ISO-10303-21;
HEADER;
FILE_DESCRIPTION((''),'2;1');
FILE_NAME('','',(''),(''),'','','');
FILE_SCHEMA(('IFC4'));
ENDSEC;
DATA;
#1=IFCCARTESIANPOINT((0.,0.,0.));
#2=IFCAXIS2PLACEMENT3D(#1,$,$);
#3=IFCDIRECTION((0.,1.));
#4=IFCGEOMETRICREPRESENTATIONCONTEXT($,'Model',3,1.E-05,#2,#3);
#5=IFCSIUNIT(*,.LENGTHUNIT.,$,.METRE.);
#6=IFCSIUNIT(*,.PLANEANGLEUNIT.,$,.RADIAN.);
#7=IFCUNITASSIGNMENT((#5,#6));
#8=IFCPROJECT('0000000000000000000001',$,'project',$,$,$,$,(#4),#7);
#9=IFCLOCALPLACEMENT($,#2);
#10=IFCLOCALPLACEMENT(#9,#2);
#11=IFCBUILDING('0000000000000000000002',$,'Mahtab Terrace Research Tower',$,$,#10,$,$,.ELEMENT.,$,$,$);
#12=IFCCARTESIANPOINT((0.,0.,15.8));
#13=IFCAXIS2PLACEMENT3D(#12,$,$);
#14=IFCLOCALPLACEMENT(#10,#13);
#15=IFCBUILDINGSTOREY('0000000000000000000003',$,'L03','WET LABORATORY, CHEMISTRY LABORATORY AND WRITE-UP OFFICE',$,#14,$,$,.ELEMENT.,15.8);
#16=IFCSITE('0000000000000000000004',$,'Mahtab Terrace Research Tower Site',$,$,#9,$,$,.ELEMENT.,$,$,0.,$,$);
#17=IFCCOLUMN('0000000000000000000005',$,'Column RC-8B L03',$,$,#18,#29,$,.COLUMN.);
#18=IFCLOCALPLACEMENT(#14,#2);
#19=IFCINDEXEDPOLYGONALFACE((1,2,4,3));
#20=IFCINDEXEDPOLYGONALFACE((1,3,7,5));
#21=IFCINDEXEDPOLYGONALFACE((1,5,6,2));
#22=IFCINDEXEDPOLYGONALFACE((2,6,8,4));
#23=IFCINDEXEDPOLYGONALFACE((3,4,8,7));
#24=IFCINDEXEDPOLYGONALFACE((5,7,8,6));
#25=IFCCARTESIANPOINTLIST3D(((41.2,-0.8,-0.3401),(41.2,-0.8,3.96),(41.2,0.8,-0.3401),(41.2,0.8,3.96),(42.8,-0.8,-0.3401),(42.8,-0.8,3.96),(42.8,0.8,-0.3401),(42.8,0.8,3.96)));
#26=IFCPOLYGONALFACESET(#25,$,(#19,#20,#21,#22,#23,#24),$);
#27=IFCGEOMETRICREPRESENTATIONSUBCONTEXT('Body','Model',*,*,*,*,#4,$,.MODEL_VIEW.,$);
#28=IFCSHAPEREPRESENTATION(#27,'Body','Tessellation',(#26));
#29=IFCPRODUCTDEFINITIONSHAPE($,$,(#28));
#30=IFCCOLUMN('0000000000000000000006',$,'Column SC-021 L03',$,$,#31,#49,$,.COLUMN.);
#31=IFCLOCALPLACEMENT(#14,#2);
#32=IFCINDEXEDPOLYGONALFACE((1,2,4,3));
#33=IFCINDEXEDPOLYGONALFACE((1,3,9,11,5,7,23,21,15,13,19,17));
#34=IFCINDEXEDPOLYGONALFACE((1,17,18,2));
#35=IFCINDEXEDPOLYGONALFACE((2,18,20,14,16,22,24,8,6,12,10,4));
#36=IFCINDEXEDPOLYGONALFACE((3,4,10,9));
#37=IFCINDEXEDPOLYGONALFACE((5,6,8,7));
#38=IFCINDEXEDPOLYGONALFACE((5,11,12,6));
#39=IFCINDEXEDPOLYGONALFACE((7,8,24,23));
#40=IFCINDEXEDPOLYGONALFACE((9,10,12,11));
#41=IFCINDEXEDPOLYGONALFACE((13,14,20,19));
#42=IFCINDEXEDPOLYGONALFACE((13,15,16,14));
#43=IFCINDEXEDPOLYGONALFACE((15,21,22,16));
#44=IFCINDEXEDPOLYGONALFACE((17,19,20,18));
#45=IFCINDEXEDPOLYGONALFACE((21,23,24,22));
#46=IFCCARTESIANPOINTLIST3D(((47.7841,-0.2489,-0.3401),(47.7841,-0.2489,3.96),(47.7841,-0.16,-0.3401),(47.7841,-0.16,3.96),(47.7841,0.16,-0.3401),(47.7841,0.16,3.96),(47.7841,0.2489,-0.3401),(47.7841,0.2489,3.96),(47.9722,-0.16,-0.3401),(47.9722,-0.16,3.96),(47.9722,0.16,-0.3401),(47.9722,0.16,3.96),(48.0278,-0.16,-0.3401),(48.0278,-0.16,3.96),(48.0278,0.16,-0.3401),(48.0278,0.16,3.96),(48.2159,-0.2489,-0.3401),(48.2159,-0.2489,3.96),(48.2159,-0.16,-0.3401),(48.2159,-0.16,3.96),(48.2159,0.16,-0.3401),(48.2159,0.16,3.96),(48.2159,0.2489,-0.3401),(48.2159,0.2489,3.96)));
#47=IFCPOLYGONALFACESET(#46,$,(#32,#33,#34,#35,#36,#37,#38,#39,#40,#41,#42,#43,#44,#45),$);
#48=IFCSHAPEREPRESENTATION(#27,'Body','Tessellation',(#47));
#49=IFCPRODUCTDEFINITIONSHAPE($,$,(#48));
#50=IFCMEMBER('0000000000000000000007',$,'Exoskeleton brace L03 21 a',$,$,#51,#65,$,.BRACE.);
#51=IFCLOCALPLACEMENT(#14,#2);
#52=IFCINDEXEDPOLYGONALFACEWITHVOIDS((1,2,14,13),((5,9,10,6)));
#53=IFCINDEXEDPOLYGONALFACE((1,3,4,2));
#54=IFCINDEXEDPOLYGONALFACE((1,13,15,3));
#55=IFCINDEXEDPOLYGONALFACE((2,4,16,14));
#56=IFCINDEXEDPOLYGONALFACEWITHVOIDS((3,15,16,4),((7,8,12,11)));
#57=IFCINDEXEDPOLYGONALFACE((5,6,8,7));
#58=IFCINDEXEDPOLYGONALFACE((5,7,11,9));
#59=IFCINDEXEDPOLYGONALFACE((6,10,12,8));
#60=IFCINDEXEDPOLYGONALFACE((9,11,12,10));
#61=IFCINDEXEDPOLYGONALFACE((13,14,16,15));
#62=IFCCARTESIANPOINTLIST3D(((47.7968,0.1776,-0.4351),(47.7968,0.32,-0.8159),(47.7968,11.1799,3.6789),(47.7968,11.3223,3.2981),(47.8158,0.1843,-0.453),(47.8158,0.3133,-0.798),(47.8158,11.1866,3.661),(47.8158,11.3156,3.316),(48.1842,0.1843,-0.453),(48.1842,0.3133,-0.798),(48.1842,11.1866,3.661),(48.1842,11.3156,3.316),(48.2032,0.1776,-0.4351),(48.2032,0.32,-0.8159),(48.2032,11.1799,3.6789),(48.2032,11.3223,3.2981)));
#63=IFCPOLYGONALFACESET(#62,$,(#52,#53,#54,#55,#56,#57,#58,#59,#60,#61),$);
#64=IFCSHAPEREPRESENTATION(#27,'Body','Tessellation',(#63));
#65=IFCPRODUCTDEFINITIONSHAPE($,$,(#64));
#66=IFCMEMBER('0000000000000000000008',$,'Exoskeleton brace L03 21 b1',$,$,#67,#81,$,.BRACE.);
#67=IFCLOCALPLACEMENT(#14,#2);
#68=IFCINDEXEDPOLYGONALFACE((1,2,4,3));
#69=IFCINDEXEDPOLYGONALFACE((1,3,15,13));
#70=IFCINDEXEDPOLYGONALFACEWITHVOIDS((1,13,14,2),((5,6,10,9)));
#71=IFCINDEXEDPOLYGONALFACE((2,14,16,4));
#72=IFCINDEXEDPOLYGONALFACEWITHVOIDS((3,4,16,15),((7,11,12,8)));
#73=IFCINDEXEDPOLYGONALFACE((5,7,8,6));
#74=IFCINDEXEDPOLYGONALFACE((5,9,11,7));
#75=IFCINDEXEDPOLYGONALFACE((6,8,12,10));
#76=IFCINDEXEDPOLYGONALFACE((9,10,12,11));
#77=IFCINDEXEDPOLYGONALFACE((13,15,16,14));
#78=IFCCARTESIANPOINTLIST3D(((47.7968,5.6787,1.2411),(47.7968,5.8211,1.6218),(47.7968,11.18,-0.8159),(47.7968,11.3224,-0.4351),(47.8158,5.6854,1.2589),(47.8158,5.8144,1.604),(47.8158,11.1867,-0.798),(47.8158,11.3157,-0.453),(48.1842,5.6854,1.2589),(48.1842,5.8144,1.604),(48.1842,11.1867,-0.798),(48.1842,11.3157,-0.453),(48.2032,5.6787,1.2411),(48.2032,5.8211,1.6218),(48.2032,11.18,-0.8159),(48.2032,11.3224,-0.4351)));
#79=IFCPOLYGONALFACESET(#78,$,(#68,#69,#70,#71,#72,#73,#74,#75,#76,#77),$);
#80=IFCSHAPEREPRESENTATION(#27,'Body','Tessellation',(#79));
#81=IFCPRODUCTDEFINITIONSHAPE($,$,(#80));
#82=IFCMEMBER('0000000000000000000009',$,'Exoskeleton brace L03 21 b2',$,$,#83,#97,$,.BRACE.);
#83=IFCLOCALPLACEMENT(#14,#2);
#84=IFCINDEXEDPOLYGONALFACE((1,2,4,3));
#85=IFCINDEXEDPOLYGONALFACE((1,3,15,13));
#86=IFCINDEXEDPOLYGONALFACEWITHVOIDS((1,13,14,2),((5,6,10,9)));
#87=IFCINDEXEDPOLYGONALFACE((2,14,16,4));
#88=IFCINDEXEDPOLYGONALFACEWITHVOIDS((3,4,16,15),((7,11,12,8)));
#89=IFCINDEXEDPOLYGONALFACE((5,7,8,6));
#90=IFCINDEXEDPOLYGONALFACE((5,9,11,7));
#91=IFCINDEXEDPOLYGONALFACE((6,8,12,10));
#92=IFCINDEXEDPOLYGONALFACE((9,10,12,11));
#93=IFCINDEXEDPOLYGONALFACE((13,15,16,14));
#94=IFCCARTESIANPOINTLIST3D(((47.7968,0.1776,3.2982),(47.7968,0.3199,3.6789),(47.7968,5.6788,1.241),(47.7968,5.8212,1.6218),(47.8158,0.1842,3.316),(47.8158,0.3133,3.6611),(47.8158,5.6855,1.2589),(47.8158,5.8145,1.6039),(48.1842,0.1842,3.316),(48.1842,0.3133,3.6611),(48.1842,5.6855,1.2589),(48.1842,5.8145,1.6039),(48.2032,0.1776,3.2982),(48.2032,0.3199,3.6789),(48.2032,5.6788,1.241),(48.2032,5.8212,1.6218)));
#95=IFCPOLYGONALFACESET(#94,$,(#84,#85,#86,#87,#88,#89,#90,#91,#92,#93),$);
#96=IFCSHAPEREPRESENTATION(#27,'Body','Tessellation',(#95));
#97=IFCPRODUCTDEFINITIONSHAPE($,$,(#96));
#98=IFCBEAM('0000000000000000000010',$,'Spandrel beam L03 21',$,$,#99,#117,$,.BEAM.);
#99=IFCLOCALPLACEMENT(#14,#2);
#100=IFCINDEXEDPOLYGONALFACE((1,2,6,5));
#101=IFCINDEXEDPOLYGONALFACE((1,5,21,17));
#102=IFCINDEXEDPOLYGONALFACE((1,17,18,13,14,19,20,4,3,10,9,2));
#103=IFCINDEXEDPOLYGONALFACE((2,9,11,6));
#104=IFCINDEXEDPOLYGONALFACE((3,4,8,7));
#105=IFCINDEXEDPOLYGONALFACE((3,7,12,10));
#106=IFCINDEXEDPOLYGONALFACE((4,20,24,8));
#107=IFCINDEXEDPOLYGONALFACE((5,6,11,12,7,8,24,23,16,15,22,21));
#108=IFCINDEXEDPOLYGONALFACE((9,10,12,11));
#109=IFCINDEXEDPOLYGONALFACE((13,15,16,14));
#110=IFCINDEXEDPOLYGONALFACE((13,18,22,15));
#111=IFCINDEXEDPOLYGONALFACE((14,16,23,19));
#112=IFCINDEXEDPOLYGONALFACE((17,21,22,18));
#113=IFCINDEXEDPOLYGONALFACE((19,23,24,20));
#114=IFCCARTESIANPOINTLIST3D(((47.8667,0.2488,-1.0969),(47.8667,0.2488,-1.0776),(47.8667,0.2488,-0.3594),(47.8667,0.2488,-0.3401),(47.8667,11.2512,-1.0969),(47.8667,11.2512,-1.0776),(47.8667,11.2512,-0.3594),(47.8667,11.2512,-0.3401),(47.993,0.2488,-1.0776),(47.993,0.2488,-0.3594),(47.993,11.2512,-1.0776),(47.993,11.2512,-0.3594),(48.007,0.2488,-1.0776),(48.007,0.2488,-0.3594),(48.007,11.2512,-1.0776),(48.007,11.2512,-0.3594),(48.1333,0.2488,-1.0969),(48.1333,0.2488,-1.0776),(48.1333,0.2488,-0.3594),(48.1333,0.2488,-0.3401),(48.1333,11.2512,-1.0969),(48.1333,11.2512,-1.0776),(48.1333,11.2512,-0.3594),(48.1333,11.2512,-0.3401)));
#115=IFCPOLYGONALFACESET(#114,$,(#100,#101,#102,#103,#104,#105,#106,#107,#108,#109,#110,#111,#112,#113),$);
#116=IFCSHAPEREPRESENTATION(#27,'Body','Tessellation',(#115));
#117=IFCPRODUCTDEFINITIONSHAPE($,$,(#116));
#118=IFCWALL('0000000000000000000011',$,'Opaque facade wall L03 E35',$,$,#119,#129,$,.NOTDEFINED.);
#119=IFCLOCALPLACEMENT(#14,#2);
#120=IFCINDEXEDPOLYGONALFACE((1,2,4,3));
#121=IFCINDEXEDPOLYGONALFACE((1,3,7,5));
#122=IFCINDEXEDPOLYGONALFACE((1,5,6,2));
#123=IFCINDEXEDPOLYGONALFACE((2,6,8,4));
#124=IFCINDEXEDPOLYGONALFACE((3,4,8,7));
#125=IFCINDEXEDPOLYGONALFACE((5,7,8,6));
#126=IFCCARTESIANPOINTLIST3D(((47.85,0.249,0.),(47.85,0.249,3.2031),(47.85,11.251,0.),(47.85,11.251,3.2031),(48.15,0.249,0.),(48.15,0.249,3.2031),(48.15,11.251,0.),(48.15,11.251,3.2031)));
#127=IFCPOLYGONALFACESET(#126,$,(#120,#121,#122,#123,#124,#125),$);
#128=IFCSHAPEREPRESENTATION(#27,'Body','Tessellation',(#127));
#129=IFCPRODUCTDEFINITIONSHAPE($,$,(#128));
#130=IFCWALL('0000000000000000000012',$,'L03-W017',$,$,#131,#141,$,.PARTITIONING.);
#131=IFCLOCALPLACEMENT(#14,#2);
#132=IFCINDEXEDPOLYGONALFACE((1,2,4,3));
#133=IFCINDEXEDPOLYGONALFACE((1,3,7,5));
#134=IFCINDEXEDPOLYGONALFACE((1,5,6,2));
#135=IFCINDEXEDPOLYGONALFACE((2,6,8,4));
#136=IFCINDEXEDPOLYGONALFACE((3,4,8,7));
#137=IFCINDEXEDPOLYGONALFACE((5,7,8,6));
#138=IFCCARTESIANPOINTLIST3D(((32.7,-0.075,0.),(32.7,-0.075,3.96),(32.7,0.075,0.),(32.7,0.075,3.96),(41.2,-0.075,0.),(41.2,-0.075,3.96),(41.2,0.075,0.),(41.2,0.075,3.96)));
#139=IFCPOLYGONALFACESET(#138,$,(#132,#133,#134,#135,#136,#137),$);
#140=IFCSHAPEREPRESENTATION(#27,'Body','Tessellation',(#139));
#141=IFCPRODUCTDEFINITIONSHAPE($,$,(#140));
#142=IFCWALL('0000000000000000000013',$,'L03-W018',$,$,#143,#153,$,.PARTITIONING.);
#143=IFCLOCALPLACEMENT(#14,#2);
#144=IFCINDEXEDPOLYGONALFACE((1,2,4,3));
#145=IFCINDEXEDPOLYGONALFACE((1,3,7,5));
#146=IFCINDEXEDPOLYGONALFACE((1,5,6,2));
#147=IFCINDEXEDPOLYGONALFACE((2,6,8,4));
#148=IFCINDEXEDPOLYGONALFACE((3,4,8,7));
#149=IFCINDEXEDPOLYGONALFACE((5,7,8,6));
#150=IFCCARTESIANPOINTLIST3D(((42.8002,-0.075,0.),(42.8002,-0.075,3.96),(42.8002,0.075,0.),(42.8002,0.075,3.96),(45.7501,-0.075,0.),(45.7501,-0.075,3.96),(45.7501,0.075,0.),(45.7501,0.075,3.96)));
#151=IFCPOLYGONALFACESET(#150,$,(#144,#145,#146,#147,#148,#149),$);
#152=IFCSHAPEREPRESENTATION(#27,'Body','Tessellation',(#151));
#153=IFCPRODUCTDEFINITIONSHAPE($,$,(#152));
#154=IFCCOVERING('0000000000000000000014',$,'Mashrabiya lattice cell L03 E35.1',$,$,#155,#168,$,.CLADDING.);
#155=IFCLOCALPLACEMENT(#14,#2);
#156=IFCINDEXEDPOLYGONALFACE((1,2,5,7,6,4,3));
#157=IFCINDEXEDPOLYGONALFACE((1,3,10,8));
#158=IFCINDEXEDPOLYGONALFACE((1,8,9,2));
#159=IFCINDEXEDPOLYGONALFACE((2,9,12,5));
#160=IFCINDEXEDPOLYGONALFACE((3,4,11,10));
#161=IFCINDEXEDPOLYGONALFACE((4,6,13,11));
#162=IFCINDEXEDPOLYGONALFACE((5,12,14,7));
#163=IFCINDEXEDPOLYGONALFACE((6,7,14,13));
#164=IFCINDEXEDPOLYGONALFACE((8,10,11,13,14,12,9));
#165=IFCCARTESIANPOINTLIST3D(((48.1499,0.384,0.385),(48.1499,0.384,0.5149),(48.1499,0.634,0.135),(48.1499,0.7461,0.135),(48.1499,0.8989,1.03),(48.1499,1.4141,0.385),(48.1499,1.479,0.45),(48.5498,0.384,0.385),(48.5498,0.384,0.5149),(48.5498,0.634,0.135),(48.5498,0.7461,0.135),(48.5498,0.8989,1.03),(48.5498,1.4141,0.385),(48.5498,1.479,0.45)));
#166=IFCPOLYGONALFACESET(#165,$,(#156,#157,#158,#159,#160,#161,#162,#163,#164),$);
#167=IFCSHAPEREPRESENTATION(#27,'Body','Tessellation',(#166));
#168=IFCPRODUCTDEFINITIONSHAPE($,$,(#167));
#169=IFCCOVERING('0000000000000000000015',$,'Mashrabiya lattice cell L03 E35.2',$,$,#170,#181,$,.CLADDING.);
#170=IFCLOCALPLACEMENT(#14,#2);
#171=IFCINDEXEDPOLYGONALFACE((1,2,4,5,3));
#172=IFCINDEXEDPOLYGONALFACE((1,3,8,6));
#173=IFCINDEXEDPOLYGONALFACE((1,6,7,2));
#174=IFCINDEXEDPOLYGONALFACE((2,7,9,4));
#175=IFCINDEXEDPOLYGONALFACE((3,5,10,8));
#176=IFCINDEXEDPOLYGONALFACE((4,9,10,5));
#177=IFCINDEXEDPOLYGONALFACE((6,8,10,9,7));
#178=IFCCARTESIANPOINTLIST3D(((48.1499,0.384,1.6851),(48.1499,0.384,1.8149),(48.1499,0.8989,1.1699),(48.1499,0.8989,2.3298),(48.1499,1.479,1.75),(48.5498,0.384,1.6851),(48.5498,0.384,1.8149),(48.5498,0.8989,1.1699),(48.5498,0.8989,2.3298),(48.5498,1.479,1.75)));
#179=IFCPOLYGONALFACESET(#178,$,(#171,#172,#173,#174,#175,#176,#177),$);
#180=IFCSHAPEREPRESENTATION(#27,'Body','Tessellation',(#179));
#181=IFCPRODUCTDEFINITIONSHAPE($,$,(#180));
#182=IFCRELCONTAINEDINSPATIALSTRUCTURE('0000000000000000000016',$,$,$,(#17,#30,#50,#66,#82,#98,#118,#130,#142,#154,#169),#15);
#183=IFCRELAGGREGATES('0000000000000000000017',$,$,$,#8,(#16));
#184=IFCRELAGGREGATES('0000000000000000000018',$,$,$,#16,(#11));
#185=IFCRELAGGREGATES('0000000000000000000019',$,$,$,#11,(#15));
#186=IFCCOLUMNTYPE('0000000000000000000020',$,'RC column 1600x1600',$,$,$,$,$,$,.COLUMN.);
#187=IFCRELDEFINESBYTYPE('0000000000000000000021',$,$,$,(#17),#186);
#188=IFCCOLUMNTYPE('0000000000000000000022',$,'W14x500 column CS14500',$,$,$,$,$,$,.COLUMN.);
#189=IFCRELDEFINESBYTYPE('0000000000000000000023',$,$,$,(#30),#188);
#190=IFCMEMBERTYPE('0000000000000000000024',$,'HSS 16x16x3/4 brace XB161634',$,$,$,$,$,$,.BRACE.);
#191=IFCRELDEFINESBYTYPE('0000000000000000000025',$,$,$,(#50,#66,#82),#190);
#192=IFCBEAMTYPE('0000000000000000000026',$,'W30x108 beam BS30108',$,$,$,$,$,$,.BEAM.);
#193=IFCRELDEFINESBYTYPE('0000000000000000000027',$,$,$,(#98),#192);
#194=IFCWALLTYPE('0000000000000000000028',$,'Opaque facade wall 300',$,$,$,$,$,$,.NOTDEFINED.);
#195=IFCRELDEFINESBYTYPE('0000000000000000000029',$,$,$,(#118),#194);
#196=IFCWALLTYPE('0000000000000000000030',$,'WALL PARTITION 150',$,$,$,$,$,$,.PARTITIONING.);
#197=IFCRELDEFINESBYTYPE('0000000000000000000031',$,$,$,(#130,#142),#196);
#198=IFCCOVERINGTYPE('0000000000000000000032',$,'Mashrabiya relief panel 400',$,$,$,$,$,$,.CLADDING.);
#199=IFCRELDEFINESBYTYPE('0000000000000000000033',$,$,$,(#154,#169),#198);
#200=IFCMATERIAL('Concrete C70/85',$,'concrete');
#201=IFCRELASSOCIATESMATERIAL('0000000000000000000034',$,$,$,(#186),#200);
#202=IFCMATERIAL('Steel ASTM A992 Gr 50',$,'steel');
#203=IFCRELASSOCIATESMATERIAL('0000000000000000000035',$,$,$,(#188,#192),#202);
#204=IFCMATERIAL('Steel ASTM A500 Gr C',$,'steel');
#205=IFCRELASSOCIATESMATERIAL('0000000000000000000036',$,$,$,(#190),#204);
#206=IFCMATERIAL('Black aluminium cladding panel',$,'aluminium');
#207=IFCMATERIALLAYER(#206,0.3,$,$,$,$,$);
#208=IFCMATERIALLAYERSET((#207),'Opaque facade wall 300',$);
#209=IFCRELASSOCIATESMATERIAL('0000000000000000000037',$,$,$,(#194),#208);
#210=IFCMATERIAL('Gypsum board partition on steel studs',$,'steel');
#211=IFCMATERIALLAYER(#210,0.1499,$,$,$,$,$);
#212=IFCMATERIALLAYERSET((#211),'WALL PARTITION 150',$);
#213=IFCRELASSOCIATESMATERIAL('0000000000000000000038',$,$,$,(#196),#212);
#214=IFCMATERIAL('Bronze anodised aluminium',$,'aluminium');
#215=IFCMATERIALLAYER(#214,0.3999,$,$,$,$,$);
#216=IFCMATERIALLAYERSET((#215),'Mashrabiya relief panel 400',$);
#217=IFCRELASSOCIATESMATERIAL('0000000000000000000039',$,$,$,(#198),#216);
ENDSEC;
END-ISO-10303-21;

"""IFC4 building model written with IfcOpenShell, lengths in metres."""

from ifc_helpers import new_model, si_unit, direction, frame, frame_2d, origin, origin_2d, place, context, subcontext, project, spatial, polyline, rectangle, hollow_rectangle, i_section, outline, extrude, material, layer, layer_set, material_profile, profile_set, type_object, element, save


model = new_model("IFC4")

# Units and contexts
model_context = context("Model", 3, precision=1e-05, world=origin(), true_north=direction((0.0, 1.0)))
body_context = subcontext(model_context, "Body", "Model", "MODEL_VIEW")
ifc_project = project(units=[si_unit("LENGTHUNIT", "METRE"), si_unit("PLANEANGLEUNIT", "RADIAN")], contexts=[model_context])

# Site, building, storey
site_placement = place(None, origin())
site = spatial("IfcSite", under=ifc_project, at=site_placement, Name="Mahtab Terrace Research Tower Site", CompositionType="ELEMENT", RefElevation=0.0)
building_placement = place(site_placement, origin())
building = spatial("IfcBuilding", under=site, at=building_placement, Name="Mahtab Terrace Research Tower", CompositionType="ELEMENT")
storey_placement = place(building_placement, frame((0.0, 0.0, 15.8)))
storey = spatial("IfcBuildingStorey", under=building, at=storey_placement, Name="L03", Description="WET LABORATORY, CHEMISTRY LABORATORY AND WRITE-UP OFFICE", CompositionType="ELEMENT", Elevation=15.8)

# Columns
ifc_material_1 = material(Name="Concrete C70/85", Category="concrete")
ifc_material_profile_1 = material_profile(ifc_material_1, rectangle(XDim=1.6001, YDim=1.6001, at=origin_2d()), Name="RC column 1600x1600")
ifc_profile_set_1 = profile_set([ifc_material_profile_1], Name="Concrete C70/85")
column_type_1 = type_object("IfcColumnType", Name="RC column 1600x1600", PredefinedType="COLUMN", material=ifc_profile_set_1)
column_1_placement = place(storey_placement, frame((42.0, 0.0, -0.3401), z_axis=(0.0, 0.0, 1.0), x_axis=(1.0, 0.0, 0.0)))
element("IfcColumn", 1, at=column_1_placement, inside=storey, type_object=column_type_1, Name="Column RC-8B L03", PredefinedType="COLUMN", context=body_context, shape_type="SweptSolid", body=[
    extrude(rectangle(XDim=1.6001, YDim=1.6001, at=origin_2d()), origin(), (0.0, 0.0, 1.0), 4.3),
])
ifc_material_2 = material(Name="Steel ASTM A992 Gr 50", Category="steel")
ifc_material_profile_2 = material_profile(ifc_material_2, i_section(OverallWidth=0.4319, OverallDepth=0.4978, WebThickness=0.0557, FlangeThickness=0.0889, at=origin_2d()), Name="W14X500")
ifc_profile_set_2 = profile_set([ifc_material_profile_2], Name="Steel ASTM A992 Gr 50")
column_type_2 = type_object("IfcColumnType", Name="W14x500 column CS14500", PredefinedType="COLUMN", material=ifc_profile_set_2)
column_2_placement = place(storey_placement, frame((48.0, 0.0, -0.3401), z_axis=(0.0, 0.0, 1.0), x_axis=(1.0, 0.0, 0.0)))
element("IfcColumn", 2, at=column_2_placement, inside=storey, type_object=column_type_2, Name="Column SC-021 L03", PredefinedType="COLUMN", context=body_context, shape_type="SweptSolid", body=[
    extrude(i_section(OverallWidth=0.4319, OverallDepth=0.4978, WebThickness=0.0557, FlangeThickness=0.0889, at=origin_2d()), origin(), (0.0, 0.0, 1.0), 4.3),
])

# Members
ifc_material_3 = material(Name="Steel ASTM A500 Gr C", Category="steel")
ifc_material_profile_3 = material_profile(ifc_material_3, hollow_rectangle(XDim=0.4065, YDim=0.4065, WallThickness=0.019, at=origin_2d()), Name="HSS16X16X3/4")
ifc_profile_set_3 = profile_set([ifc_material_profile_3], Name="Steel ASTM A500 Gr C")
member_type = type_object("IfcMemberType", Name="HSS 16x16x3/4 brace XB161634", PredefinedType="BRACE", material=ifc_profile_set_3)
member_placement = place(storey_placement, frame((48.0, 0.2488, -0.6255), z_axis=(0.0, 0.936662, 0.350235), x_axis=(-1.0, 0.0, 0.0)))
element("IfcMember", 3, at=member_placement, inside=storey, type_object=member_type, Name="Exoskeleton brace L03 21 a", PredefinedType="BRACE", context=body_context, shape_type="SweptSolid", body=[
    extrude(hollow_rectangle(XDim=0.4065, YDim=0.4065, WallThickness=0.019, at=origin_2d()), origin(), (0.0, 0.0, 1.0), 11.7463),
])
for number, where, z_axis, x_axis, name in (
    (4, (48.0, 11.2512, -0.6255), (0.0, -0.936669, 0.350217), (1.0, 0.0, 0.0), "Exoskeleton brace L03 21 b1"),
    (5, (48.0, 5.75, 1.4314), (0.0, -0.936655, 0.350253), (1.0, 0.0, 0.0), "Exoskeleton brace L03 21 b2"),
):
    element("IfcMember", number, at=place(storey_placement, frame(where, z_axis=z_axis, x_axis=x_axis)), inside=storey, type_object=member_type, Name=name, PredefinedType="BRACE", context=body_context, shape_type="SweptSolid", body=[
        extrude(hollow_rectangle(XDim=0.4065, YDim=0.4065, WallThickness=0.019, at=origin_2d()), origin(), (0.0, 0.0, 1.0), 5.8733),
    ])

# Beam
ifc_material_profile_4 = material_profile(ifc_material_2, i_section(OverallWidth=0.2666, OverallDepth=0.7568, WebThickness=0.0139, FlangeThickness=0.0193, at=origin_2d()), Name="W30X108")
ifc_profile_set_4 = profile_set([ifc_material_profile_4], Name="Steel ASTM A992 Gr 50")
beam_type = type_object("IfcBeamType", Name="W30x108 beam BS30108", PredefinedType="BEAM", material=ifc_profile_set_4)
beam_placement = place(storey_placement, frame((48.0, 0.2488, -0.7185), z_axis=(0.0, 1.0, 0.0), x_axis=(-1.0, 0.0, 0.0)))
element("IfcBeam", 6, at=beam_placement, inside=storey, type_object=beam_type, Name="Spandrel beam L03 21", PredefinedType="BEAM", context=body_context, shape_type="SweptSolid", body=[
    extrude(i_section(OverallWidth=0.2666, OverallDepth=0.7568, WebThickness=0.0139, FlangeThickness=0.0193, at=origin_2d()), origin(), (0.0, 0.0, 1.0), 11.0024),
])

# Walls
ifc_material_4 = material(Name="Black aluminium cladding panel", Category="aluminium")
ifc_layer_1 = layer(ifc_material_4, 0.3)
ifc_layer_set_1 = layer_set([ifc_layer_1], Name="Opaque facade wall 300")
wall_type_1 = type_object("IfcWallType", Name="Opaque facade wall 300", PredefinedType="NOTDEFINED", material=ifc_layer_set_1)
wall_1_placement = place(storey_placement, frame((48.0, 0.249, 0.0), z_axis=(0.0, 0.0, 1.0), x_axis=(0.0, 1.0, 0.0)))
element("IfcWall", 7, at=wall_1_placement, inside=storey, type_object=wall_type_1, Name="Opaque facade wall L03 E35", PredefinedType="NOTDEFINED", context=body_context, shape_type="SweptSolid", body=[
    extrude(rectangle(XDim=11.002, YDim=0.3, at=frame_2d((5.501, 0.0))), origin(), (0.0, 0.0, 1.0), 3.2031),
])
ifc_material_5 = material(Name="Gypsum board partition on steel studs", Category="steel")
ifc_layer_2 = layer(ifc_material_5, 0.1499)
ifc_layer_set_2 = layer_set([ifc_layer_2], Name="WALL PARTITION 150")
wall_type_2 = type_object("IfcWallType", Name="WALL PARTITION 150", PredefinedType="PARTITIONING", material=ifc_layer_set_2)
wall_2_placement = place(storey_placement, frame((32.7, 0.0, 0.0), z_axis=(0.0, 0.0, 1.0), x_axis=(1.0, 0.0, 0.0)))
element("IfcWall", 8, at=wall_2_placement, inside=storey, type_object=wall_type_2, Name="L03-W017", PredefinedType="PARTITIONING", context=body_context, shape_type="SweptSolid", body=[
    extrude(rectangle(XDim=8.5, YDim=0.1499, at=frame_2d((4.25, 0.0))), origin(), (0.0, 0.0, 1.0), 3.96),
])
wall_3_placement = place(storey_placement, frame((42.8, 0.0, 0.0), z_axis=(0.0, 0.0, 1.0), x_axis=(1.0, 0.0, 0.0)))
element("IfcWall", 9, at=wall_3_placement, inside=storey, type_object=wall_type_2, Name="L03-W018", PredefinedType="PARTITIONING", context=body_context, shape_type="SweptSolid", body=[
    extrude(rectangle(XDim=2.95, YDim=0.1499, at=frame_2d((1.4751, 0.0))), origin(), (0.0, 0.0, 1.0), 3.96),
])

# Coverings
ifc_material_6 = material(Name="Bronze anodised aluminium", Category="aluminium")
ifc_layer_3 = layer(ifc_material_6, 0.3999)
ifc_layer_set_3 = layer_set([ifc_layer_3], Name="Mashrabiya relief panel 400")
covering_type = type_object("IfcCoveringType", Name="Mashrabiya relief panel 400", PredefinedType="CLADDING", material=ifc_layer_set_3)
covering_1_placement = place(storey_placement, frame((48.1499, 0.384, 0.385), z_axis=(-1.0, 0.0, 0.0), x_axis=(0.0, 0.0, 1.0)))
element("IfcCovering", 10, at=covering_1_placement, inside=storey, type_object=covering_type, Name="Mashrabiya lattice cell L03 E35.1", PredefinedType="CLADDING", context=body_context, shape_type="SweptSolid", body=[
    extrude(outline(polyline([(0.0, 0.0), (0.1299, 0.0), (0.645, 0.5149), (0.0649, 1.095), (0.0, 1.03), (-0.25, 0.3621), (-0.25, 0.25), (0.0, 0.0)])), origin(), (0.0, 0.0, -1.0), 0.3999),
])
covering_2_placement = place(storey_placement, frame((48.1499, 0.8989, 2.3298), z_axis=(-1.0, 0.0, 0.0), x_axis=(0.0, 0.707256, -0.706958)))
element("IfcCovering", 11, at=covering_2_placement, inside=storey, type_object=covering_type, Name="Mashrabiya lattice cell L03 E35.2", PredefinedType="CLADDING", context=body_context, shape_type="SweptSolid", body=[
    extrude(outline(polyline([(0.0, 0.0), (0.8202, 0.0), (0.82, 0.8204), (0.0917, 0.82), (-0.0002, 0.7282), (0.0, 0.0)])), origin(), (0.0, 0.0, -1.0), 0.3999),
])

save(model, "model.ifc")
